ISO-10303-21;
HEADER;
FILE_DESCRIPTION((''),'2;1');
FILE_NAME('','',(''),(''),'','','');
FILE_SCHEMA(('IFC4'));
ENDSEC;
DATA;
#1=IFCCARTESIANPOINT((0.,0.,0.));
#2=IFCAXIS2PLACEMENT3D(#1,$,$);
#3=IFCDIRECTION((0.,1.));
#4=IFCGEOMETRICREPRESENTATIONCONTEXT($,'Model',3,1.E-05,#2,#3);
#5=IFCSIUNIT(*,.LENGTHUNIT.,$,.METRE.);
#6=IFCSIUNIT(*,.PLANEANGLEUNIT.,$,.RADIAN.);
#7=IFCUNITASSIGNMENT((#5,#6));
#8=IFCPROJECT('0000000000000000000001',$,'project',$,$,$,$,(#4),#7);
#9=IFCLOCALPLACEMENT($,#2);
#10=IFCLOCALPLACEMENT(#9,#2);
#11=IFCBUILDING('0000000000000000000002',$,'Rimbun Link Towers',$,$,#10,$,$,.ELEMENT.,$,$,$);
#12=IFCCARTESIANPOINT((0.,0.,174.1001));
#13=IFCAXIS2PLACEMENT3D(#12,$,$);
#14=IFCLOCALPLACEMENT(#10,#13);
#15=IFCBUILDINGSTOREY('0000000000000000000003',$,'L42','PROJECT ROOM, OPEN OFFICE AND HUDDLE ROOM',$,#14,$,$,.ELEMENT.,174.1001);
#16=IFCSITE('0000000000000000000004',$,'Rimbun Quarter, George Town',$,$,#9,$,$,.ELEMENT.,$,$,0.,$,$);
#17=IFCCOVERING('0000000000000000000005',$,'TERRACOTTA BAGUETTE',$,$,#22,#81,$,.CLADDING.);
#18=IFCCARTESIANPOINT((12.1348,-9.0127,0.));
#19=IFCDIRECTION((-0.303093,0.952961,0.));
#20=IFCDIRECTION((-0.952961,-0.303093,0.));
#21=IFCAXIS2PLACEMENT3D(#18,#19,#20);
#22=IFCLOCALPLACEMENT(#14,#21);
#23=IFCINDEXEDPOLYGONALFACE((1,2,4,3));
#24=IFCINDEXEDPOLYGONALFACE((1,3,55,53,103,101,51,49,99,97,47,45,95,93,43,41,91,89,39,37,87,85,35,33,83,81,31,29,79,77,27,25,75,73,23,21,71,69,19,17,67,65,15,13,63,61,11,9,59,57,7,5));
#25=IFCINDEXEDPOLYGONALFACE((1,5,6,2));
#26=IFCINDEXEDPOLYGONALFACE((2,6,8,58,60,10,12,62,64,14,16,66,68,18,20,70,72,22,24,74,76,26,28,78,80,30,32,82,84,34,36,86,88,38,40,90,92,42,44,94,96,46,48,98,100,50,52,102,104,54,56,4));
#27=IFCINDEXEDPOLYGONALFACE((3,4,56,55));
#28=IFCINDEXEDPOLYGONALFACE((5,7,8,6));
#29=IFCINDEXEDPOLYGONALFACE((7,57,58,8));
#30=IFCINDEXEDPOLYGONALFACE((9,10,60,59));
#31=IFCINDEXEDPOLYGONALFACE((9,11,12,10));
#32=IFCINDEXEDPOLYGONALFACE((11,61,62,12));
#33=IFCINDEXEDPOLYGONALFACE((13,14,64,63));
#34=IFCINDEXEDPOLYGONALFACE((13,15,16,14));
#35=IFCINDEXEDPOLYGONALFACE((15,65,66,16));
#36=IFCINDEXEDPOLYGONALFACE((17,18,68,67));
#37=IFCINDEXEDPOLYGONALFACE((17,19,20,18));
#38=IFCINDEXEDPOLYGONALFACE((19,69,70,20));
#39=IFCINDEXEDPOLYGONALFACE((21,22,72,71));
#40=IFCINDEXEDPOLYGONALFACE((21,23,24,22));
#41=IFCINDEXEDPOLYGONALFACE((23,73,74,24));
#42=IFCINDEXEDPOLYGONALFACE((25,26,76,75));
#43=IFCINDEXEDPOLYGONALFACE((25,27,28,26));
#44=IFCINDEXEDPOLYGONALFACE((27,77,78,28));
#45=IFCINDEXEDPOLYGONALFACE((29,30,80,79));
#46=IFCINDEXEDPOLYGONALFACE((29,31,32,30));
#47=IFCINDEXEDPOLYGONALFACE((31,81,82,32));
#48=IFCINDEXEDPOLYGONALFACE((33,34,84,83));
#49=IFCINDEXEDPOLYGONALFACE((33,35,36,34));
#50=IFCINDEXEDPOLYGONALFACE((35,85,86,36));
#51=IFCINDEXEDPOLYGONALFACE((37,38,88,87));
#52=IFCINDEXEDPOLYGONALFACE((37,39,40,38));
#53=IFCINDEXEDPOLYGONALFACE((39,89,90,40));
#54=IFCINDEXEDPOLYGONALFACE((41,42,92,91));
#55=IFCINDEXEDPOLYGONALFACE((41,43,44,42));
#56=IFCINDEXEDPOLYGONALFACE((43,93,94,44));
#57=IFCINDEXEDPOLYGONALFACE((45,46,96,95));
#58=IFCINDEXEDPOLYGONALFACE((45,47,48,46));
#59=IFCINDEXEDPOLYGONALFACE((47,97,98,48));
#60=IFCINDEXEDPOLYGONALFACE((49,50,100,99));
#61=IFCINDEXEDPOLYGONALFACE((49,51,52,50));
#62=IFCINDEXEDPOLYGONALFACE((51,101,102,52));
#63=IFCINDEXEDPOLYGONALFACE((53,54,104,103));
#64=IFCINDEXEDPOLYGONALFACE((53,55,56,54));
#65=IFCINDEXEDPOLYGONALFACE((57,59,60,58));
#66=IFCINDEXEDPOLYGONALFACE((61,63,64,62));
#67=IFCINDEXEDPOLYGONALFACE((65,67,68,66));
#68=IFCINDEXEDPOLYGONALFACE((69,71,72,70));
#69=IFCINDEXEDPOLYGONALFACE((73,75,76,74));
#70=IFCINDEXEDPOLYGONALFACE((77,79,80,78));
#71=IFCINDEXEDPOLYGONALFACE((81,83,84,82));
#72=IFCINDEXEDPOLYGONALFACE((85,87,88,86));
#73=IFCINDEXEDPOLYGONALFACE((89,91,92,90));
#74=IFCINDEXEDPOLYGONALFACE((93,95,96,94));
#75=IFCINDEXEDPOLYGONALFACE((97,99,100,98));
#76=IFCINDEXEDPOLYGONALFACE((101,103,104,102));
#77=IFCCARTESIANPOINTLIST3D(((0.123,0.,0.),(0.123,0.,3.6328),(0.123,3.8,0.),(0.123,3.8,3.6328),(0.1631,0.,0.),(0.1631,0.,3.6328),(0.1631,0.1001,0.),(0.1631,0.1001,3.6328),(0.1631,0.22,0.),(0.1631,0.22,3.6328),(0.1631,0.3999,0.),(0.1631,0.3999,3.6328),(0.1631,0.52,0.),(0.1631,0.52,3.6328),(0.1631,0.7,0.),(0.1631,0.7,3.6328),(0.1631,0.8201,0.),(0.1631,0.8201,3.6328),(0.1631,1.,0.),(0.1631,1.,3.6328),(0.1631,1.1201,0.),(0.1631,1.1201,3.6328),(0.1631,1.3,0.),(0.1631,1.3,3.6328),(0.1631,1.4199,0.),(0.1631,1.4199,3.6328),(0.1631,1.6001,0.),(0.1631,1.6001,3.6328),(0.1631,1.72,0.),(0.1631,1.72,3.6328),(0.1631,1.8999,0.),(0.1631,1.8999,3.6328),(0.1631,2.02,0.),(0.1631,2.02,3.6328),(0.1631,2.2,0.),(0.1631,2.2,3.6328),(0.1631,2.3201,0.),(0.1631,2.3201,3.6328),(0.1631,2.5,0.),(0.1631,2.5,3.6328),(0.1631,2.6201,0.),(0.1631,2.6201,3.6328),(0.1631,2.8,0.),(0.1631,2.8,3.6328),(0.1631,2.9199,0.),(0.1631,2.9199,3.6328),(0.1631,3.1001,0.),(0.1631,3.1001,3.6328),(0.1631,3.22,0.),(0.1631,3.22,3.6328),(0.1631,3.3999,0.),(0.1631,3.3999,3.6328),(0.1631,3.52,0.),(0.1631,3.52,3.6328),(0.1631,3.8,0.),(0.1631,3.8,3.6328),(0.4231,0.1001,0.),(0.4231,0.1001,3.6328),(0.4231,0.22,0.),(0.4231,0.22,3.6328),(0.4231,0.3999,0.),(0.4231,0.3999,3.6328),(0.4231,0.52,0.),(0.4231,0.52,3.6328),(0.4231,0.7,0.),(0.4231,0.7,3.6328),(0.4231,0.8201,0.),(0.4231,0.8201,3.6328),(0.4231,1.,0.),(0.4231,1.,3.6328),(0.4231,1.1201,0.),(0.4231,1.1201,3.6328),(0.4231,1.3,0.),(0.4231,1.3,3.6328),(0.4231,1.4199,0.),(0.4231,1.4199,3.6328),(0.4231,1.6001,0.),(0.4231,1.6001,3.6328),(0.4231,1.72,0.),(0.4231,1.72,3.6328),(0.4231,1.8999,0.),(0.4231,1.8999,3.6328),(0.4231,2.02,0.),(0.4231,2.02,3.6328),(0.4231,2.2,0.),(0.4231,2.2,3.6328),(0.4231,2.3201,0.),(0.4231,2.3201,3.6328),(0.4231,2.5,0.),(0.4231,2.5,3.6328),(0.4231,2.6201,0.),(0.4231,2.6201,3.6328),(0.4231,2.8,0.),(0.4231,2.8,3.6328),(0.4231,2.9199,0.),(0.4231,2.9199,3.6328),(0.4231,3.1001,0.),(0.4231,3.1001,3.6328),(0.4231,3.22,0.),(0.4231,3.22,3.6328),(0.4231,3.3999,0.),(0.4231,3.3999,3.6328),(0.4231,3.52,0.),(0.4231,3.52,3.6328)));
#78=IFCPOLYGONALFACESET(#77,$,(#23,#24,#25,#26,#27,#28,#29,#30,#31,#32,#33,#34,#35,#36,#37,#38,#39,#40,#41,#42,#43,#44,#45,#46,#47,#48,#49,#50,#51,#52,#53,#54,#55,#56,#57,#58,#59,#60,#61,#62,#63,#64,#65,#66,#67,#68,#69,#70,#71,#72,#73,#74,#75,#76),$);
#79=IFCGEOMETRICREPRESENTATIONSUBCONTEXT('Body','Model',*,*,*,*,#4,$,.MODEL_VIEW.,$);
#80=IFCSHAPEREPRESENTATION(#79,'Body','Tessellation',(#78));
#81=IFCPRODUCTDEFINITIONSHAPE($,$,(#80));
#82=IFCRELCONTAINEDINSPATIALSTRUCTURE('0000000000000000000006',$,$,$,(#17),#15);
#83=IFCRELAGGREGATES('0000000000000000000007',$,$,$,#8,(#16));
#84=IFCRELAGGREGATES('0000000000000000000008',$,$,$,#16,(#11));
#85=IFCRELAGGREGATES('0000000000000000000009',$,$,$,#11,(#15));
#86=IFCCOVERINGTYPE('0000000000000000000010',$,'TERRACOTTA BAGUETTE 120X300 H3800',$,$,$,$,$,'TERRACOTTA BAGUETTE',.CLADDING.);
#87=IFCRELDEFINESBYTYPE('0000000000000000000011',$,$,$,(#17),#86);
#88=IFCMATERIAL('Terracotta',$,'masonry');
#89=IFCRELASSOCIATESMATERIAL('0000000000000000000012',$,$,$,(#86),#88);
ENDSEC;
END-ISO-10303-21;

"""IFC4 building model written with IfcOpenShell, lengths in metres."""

from ifc_helpers import new_model, si_unit, direction, frame, origin, place, context, subcontext, project, spatial, polyline, outline, extrude, material, material_profile, profile_set, type_object, element, save


model = new_model("IFC4")

# Units and contexts
model_context = context("Model", 3, precision=1e-05, world=origin(), true_north=direction((0.0, 1.0)))
body_context = subcontext(model_context, "Body", "Model", "MODEL_VIEW")
ifc_project = project(units=[si_unit("LENGTHUNIT", "METRE"), si_unit("PLANEANGLEUNIT", "RADIAN")], contexts=[model_context])

# Site, building, storey
site_placement = place(None, origin())
site = spatial("IfcSite", under=ifc_project, at=site_placement, Name="Rimbun Quarter, George Town", CompositionType="ELEMENT", RefElevation=0.0)
building_placement = place(site_placement, origin())
building = spatial("IfcBuilding", under=site, at=building_placement, Name="Rimbun Link Towers", CompositionType="ELEMENT")
storey_placement = place(building_placement, frame((0.0, 0.0, 174.1001)))
storey = spatial("IfcBuildingStorey", under=building, at=storey_placement, Name="L42", Description="PROJECT ROOM, OPEN OFFICE AND HUDDLE ROOM", CompositionType="ELEMENT", Elevation=174.1001)

# Covering
ifc_material_1 = material(Name="Terracotta", Category="masonry")
ifc_material_profile_1 = material_profile(ifc_material_1, outline(polyline([(0.123, 0.0), (0.1631, 0.0), (0.1631, 0.1001), (0.4231, 0.1001), (0.4231, 0.22), (0.1631, 0.22), (0.1631, 0.3999), (0.4231, 0.3999), (0.4231, 0.52), (0.1631, 0.52), (0.1631, 0.7), (0.4231, 0.7), (0.4231, 0.8201), (0.1631, 0.8201), (0.1631, 1.0), (0.4231, 1.0), (0.4231, 1.1201), (0.1631, 1.1201), (0.1631, 1.3), (0.4231, 1.3), (0.4231, 1.4199), (0.1631, 1.4199), (0.1631, 1.6001), (0.4231, 1.6001), (0.4231, 1.72), (0.1631, 1.72), (0.1631, 1.8999), (0.4231, 1.8999), (0.4231, 2.02), (0.1631, 2.02), (0.1631, 2.2), (0.4231, 2.2), (0.4231, 2.3201), (0.1631, 2.3201), (0.1631, 2.5), (0.4231, 2.5), (0.4231, 2.6201), (0.1631, 2.6201), (0.1631, 2.8), (0.4231, 2.8), (0.4231, 2.9199), (0.1631, 2.9199), (0.1631, 3.1001), (0.4231, 3.1001), (0.4231, 3.22), (0.1631, 3.22), (0.1631, 3.3999), (0.4231, 3.3999), (0.4231, 3.52), (0.1631, 3.52), (0.1631, 3.8), (0.123, 3.8), (0.123, 0.0)])), Name="BAGUETTE 120X300")
ifc_profile_set_1 = profile_set([ifc_material_profile_1], Name="Terracotta")
covering_type_1 = type_object("IfcCoveringType", Name="TERRACOTTA BAGUETTE 120X300 H3800", ElementType="TERRACOTTA BAGUETTE", PredefinedType="CLADDING", material=ifc_profile_set_1)
covering_1_placement = place(storey_placement, frame((12.1348, -9.0127, 0.0), z_axis=(-0.303093, 0.952961, 0.0), x_axis=(-0.952961, -0.303093, 0.0)))
element("IfcCovering", 1, at=covering_1_placement, inside=storey, type_object=covering_type_1, Name="TERRACOTTA BAGUETTE", PredefinedType="CLADDING", context=body_context, shape_type="SweptSolid", body=[
    extrude(outline(polyline([(0.123, 0.0), (0.1631, 0.0), (0.1631, 0.1001), (0.4231, 0.1001), (0.4231, 0.22), (0.1631, 0.22), (0.1631, 0.3999), (0.4231, 0.3999), (0.4231, 0.52), (0.1631, 0.52), (0.1631, 0.7), (0.4231, 0.7), (0.4231, 0.8201), (0.1631, 0.8201), (0.1631, 1.0), (0.4231, 1.0), (0.4231, 1.1201), (0.1631, 1.1201), (0.1631, 1.3), (0.4231, 1.3), (0.4231, 1.4199), (0.1631, 1.4199), (0.1631, 1.6001), (0.4231, 1.6001), (0.4231, 1.72), (0.1631, 1.72), (0.1631, 1.8999), (0.4231, 1.8999), (0.4231, 2.02), (0.1631, 2.02), (0.1631, 2.2), (0.4231, 2.2), (0.4231, 2.3201), (0.1631, 2.3201), (0.1631, 2.5), (0.4231, 2.5), (0.4231, 2.6201), (0.1631, 2.6201), (0.1631, 2.8), (0.4231, 2.8), (0.4231, 2.9199), (0.1631, 2.9199), (0.1631, 3.1001), (0.4231, 3.1001), (0.4231, 3.22), (0.1631, 3.22), (0.1631, 3.3999), (0.4231, 3.3999), (0.4231, 3.52), (0.1631, 3.52), (0.1631, 3.8), (0.123, 3.8), (0.123, 0.0)])), origin(), (0.0, 0.0, 1.0), 3.6328),
])

save(model, "model.ifc")
